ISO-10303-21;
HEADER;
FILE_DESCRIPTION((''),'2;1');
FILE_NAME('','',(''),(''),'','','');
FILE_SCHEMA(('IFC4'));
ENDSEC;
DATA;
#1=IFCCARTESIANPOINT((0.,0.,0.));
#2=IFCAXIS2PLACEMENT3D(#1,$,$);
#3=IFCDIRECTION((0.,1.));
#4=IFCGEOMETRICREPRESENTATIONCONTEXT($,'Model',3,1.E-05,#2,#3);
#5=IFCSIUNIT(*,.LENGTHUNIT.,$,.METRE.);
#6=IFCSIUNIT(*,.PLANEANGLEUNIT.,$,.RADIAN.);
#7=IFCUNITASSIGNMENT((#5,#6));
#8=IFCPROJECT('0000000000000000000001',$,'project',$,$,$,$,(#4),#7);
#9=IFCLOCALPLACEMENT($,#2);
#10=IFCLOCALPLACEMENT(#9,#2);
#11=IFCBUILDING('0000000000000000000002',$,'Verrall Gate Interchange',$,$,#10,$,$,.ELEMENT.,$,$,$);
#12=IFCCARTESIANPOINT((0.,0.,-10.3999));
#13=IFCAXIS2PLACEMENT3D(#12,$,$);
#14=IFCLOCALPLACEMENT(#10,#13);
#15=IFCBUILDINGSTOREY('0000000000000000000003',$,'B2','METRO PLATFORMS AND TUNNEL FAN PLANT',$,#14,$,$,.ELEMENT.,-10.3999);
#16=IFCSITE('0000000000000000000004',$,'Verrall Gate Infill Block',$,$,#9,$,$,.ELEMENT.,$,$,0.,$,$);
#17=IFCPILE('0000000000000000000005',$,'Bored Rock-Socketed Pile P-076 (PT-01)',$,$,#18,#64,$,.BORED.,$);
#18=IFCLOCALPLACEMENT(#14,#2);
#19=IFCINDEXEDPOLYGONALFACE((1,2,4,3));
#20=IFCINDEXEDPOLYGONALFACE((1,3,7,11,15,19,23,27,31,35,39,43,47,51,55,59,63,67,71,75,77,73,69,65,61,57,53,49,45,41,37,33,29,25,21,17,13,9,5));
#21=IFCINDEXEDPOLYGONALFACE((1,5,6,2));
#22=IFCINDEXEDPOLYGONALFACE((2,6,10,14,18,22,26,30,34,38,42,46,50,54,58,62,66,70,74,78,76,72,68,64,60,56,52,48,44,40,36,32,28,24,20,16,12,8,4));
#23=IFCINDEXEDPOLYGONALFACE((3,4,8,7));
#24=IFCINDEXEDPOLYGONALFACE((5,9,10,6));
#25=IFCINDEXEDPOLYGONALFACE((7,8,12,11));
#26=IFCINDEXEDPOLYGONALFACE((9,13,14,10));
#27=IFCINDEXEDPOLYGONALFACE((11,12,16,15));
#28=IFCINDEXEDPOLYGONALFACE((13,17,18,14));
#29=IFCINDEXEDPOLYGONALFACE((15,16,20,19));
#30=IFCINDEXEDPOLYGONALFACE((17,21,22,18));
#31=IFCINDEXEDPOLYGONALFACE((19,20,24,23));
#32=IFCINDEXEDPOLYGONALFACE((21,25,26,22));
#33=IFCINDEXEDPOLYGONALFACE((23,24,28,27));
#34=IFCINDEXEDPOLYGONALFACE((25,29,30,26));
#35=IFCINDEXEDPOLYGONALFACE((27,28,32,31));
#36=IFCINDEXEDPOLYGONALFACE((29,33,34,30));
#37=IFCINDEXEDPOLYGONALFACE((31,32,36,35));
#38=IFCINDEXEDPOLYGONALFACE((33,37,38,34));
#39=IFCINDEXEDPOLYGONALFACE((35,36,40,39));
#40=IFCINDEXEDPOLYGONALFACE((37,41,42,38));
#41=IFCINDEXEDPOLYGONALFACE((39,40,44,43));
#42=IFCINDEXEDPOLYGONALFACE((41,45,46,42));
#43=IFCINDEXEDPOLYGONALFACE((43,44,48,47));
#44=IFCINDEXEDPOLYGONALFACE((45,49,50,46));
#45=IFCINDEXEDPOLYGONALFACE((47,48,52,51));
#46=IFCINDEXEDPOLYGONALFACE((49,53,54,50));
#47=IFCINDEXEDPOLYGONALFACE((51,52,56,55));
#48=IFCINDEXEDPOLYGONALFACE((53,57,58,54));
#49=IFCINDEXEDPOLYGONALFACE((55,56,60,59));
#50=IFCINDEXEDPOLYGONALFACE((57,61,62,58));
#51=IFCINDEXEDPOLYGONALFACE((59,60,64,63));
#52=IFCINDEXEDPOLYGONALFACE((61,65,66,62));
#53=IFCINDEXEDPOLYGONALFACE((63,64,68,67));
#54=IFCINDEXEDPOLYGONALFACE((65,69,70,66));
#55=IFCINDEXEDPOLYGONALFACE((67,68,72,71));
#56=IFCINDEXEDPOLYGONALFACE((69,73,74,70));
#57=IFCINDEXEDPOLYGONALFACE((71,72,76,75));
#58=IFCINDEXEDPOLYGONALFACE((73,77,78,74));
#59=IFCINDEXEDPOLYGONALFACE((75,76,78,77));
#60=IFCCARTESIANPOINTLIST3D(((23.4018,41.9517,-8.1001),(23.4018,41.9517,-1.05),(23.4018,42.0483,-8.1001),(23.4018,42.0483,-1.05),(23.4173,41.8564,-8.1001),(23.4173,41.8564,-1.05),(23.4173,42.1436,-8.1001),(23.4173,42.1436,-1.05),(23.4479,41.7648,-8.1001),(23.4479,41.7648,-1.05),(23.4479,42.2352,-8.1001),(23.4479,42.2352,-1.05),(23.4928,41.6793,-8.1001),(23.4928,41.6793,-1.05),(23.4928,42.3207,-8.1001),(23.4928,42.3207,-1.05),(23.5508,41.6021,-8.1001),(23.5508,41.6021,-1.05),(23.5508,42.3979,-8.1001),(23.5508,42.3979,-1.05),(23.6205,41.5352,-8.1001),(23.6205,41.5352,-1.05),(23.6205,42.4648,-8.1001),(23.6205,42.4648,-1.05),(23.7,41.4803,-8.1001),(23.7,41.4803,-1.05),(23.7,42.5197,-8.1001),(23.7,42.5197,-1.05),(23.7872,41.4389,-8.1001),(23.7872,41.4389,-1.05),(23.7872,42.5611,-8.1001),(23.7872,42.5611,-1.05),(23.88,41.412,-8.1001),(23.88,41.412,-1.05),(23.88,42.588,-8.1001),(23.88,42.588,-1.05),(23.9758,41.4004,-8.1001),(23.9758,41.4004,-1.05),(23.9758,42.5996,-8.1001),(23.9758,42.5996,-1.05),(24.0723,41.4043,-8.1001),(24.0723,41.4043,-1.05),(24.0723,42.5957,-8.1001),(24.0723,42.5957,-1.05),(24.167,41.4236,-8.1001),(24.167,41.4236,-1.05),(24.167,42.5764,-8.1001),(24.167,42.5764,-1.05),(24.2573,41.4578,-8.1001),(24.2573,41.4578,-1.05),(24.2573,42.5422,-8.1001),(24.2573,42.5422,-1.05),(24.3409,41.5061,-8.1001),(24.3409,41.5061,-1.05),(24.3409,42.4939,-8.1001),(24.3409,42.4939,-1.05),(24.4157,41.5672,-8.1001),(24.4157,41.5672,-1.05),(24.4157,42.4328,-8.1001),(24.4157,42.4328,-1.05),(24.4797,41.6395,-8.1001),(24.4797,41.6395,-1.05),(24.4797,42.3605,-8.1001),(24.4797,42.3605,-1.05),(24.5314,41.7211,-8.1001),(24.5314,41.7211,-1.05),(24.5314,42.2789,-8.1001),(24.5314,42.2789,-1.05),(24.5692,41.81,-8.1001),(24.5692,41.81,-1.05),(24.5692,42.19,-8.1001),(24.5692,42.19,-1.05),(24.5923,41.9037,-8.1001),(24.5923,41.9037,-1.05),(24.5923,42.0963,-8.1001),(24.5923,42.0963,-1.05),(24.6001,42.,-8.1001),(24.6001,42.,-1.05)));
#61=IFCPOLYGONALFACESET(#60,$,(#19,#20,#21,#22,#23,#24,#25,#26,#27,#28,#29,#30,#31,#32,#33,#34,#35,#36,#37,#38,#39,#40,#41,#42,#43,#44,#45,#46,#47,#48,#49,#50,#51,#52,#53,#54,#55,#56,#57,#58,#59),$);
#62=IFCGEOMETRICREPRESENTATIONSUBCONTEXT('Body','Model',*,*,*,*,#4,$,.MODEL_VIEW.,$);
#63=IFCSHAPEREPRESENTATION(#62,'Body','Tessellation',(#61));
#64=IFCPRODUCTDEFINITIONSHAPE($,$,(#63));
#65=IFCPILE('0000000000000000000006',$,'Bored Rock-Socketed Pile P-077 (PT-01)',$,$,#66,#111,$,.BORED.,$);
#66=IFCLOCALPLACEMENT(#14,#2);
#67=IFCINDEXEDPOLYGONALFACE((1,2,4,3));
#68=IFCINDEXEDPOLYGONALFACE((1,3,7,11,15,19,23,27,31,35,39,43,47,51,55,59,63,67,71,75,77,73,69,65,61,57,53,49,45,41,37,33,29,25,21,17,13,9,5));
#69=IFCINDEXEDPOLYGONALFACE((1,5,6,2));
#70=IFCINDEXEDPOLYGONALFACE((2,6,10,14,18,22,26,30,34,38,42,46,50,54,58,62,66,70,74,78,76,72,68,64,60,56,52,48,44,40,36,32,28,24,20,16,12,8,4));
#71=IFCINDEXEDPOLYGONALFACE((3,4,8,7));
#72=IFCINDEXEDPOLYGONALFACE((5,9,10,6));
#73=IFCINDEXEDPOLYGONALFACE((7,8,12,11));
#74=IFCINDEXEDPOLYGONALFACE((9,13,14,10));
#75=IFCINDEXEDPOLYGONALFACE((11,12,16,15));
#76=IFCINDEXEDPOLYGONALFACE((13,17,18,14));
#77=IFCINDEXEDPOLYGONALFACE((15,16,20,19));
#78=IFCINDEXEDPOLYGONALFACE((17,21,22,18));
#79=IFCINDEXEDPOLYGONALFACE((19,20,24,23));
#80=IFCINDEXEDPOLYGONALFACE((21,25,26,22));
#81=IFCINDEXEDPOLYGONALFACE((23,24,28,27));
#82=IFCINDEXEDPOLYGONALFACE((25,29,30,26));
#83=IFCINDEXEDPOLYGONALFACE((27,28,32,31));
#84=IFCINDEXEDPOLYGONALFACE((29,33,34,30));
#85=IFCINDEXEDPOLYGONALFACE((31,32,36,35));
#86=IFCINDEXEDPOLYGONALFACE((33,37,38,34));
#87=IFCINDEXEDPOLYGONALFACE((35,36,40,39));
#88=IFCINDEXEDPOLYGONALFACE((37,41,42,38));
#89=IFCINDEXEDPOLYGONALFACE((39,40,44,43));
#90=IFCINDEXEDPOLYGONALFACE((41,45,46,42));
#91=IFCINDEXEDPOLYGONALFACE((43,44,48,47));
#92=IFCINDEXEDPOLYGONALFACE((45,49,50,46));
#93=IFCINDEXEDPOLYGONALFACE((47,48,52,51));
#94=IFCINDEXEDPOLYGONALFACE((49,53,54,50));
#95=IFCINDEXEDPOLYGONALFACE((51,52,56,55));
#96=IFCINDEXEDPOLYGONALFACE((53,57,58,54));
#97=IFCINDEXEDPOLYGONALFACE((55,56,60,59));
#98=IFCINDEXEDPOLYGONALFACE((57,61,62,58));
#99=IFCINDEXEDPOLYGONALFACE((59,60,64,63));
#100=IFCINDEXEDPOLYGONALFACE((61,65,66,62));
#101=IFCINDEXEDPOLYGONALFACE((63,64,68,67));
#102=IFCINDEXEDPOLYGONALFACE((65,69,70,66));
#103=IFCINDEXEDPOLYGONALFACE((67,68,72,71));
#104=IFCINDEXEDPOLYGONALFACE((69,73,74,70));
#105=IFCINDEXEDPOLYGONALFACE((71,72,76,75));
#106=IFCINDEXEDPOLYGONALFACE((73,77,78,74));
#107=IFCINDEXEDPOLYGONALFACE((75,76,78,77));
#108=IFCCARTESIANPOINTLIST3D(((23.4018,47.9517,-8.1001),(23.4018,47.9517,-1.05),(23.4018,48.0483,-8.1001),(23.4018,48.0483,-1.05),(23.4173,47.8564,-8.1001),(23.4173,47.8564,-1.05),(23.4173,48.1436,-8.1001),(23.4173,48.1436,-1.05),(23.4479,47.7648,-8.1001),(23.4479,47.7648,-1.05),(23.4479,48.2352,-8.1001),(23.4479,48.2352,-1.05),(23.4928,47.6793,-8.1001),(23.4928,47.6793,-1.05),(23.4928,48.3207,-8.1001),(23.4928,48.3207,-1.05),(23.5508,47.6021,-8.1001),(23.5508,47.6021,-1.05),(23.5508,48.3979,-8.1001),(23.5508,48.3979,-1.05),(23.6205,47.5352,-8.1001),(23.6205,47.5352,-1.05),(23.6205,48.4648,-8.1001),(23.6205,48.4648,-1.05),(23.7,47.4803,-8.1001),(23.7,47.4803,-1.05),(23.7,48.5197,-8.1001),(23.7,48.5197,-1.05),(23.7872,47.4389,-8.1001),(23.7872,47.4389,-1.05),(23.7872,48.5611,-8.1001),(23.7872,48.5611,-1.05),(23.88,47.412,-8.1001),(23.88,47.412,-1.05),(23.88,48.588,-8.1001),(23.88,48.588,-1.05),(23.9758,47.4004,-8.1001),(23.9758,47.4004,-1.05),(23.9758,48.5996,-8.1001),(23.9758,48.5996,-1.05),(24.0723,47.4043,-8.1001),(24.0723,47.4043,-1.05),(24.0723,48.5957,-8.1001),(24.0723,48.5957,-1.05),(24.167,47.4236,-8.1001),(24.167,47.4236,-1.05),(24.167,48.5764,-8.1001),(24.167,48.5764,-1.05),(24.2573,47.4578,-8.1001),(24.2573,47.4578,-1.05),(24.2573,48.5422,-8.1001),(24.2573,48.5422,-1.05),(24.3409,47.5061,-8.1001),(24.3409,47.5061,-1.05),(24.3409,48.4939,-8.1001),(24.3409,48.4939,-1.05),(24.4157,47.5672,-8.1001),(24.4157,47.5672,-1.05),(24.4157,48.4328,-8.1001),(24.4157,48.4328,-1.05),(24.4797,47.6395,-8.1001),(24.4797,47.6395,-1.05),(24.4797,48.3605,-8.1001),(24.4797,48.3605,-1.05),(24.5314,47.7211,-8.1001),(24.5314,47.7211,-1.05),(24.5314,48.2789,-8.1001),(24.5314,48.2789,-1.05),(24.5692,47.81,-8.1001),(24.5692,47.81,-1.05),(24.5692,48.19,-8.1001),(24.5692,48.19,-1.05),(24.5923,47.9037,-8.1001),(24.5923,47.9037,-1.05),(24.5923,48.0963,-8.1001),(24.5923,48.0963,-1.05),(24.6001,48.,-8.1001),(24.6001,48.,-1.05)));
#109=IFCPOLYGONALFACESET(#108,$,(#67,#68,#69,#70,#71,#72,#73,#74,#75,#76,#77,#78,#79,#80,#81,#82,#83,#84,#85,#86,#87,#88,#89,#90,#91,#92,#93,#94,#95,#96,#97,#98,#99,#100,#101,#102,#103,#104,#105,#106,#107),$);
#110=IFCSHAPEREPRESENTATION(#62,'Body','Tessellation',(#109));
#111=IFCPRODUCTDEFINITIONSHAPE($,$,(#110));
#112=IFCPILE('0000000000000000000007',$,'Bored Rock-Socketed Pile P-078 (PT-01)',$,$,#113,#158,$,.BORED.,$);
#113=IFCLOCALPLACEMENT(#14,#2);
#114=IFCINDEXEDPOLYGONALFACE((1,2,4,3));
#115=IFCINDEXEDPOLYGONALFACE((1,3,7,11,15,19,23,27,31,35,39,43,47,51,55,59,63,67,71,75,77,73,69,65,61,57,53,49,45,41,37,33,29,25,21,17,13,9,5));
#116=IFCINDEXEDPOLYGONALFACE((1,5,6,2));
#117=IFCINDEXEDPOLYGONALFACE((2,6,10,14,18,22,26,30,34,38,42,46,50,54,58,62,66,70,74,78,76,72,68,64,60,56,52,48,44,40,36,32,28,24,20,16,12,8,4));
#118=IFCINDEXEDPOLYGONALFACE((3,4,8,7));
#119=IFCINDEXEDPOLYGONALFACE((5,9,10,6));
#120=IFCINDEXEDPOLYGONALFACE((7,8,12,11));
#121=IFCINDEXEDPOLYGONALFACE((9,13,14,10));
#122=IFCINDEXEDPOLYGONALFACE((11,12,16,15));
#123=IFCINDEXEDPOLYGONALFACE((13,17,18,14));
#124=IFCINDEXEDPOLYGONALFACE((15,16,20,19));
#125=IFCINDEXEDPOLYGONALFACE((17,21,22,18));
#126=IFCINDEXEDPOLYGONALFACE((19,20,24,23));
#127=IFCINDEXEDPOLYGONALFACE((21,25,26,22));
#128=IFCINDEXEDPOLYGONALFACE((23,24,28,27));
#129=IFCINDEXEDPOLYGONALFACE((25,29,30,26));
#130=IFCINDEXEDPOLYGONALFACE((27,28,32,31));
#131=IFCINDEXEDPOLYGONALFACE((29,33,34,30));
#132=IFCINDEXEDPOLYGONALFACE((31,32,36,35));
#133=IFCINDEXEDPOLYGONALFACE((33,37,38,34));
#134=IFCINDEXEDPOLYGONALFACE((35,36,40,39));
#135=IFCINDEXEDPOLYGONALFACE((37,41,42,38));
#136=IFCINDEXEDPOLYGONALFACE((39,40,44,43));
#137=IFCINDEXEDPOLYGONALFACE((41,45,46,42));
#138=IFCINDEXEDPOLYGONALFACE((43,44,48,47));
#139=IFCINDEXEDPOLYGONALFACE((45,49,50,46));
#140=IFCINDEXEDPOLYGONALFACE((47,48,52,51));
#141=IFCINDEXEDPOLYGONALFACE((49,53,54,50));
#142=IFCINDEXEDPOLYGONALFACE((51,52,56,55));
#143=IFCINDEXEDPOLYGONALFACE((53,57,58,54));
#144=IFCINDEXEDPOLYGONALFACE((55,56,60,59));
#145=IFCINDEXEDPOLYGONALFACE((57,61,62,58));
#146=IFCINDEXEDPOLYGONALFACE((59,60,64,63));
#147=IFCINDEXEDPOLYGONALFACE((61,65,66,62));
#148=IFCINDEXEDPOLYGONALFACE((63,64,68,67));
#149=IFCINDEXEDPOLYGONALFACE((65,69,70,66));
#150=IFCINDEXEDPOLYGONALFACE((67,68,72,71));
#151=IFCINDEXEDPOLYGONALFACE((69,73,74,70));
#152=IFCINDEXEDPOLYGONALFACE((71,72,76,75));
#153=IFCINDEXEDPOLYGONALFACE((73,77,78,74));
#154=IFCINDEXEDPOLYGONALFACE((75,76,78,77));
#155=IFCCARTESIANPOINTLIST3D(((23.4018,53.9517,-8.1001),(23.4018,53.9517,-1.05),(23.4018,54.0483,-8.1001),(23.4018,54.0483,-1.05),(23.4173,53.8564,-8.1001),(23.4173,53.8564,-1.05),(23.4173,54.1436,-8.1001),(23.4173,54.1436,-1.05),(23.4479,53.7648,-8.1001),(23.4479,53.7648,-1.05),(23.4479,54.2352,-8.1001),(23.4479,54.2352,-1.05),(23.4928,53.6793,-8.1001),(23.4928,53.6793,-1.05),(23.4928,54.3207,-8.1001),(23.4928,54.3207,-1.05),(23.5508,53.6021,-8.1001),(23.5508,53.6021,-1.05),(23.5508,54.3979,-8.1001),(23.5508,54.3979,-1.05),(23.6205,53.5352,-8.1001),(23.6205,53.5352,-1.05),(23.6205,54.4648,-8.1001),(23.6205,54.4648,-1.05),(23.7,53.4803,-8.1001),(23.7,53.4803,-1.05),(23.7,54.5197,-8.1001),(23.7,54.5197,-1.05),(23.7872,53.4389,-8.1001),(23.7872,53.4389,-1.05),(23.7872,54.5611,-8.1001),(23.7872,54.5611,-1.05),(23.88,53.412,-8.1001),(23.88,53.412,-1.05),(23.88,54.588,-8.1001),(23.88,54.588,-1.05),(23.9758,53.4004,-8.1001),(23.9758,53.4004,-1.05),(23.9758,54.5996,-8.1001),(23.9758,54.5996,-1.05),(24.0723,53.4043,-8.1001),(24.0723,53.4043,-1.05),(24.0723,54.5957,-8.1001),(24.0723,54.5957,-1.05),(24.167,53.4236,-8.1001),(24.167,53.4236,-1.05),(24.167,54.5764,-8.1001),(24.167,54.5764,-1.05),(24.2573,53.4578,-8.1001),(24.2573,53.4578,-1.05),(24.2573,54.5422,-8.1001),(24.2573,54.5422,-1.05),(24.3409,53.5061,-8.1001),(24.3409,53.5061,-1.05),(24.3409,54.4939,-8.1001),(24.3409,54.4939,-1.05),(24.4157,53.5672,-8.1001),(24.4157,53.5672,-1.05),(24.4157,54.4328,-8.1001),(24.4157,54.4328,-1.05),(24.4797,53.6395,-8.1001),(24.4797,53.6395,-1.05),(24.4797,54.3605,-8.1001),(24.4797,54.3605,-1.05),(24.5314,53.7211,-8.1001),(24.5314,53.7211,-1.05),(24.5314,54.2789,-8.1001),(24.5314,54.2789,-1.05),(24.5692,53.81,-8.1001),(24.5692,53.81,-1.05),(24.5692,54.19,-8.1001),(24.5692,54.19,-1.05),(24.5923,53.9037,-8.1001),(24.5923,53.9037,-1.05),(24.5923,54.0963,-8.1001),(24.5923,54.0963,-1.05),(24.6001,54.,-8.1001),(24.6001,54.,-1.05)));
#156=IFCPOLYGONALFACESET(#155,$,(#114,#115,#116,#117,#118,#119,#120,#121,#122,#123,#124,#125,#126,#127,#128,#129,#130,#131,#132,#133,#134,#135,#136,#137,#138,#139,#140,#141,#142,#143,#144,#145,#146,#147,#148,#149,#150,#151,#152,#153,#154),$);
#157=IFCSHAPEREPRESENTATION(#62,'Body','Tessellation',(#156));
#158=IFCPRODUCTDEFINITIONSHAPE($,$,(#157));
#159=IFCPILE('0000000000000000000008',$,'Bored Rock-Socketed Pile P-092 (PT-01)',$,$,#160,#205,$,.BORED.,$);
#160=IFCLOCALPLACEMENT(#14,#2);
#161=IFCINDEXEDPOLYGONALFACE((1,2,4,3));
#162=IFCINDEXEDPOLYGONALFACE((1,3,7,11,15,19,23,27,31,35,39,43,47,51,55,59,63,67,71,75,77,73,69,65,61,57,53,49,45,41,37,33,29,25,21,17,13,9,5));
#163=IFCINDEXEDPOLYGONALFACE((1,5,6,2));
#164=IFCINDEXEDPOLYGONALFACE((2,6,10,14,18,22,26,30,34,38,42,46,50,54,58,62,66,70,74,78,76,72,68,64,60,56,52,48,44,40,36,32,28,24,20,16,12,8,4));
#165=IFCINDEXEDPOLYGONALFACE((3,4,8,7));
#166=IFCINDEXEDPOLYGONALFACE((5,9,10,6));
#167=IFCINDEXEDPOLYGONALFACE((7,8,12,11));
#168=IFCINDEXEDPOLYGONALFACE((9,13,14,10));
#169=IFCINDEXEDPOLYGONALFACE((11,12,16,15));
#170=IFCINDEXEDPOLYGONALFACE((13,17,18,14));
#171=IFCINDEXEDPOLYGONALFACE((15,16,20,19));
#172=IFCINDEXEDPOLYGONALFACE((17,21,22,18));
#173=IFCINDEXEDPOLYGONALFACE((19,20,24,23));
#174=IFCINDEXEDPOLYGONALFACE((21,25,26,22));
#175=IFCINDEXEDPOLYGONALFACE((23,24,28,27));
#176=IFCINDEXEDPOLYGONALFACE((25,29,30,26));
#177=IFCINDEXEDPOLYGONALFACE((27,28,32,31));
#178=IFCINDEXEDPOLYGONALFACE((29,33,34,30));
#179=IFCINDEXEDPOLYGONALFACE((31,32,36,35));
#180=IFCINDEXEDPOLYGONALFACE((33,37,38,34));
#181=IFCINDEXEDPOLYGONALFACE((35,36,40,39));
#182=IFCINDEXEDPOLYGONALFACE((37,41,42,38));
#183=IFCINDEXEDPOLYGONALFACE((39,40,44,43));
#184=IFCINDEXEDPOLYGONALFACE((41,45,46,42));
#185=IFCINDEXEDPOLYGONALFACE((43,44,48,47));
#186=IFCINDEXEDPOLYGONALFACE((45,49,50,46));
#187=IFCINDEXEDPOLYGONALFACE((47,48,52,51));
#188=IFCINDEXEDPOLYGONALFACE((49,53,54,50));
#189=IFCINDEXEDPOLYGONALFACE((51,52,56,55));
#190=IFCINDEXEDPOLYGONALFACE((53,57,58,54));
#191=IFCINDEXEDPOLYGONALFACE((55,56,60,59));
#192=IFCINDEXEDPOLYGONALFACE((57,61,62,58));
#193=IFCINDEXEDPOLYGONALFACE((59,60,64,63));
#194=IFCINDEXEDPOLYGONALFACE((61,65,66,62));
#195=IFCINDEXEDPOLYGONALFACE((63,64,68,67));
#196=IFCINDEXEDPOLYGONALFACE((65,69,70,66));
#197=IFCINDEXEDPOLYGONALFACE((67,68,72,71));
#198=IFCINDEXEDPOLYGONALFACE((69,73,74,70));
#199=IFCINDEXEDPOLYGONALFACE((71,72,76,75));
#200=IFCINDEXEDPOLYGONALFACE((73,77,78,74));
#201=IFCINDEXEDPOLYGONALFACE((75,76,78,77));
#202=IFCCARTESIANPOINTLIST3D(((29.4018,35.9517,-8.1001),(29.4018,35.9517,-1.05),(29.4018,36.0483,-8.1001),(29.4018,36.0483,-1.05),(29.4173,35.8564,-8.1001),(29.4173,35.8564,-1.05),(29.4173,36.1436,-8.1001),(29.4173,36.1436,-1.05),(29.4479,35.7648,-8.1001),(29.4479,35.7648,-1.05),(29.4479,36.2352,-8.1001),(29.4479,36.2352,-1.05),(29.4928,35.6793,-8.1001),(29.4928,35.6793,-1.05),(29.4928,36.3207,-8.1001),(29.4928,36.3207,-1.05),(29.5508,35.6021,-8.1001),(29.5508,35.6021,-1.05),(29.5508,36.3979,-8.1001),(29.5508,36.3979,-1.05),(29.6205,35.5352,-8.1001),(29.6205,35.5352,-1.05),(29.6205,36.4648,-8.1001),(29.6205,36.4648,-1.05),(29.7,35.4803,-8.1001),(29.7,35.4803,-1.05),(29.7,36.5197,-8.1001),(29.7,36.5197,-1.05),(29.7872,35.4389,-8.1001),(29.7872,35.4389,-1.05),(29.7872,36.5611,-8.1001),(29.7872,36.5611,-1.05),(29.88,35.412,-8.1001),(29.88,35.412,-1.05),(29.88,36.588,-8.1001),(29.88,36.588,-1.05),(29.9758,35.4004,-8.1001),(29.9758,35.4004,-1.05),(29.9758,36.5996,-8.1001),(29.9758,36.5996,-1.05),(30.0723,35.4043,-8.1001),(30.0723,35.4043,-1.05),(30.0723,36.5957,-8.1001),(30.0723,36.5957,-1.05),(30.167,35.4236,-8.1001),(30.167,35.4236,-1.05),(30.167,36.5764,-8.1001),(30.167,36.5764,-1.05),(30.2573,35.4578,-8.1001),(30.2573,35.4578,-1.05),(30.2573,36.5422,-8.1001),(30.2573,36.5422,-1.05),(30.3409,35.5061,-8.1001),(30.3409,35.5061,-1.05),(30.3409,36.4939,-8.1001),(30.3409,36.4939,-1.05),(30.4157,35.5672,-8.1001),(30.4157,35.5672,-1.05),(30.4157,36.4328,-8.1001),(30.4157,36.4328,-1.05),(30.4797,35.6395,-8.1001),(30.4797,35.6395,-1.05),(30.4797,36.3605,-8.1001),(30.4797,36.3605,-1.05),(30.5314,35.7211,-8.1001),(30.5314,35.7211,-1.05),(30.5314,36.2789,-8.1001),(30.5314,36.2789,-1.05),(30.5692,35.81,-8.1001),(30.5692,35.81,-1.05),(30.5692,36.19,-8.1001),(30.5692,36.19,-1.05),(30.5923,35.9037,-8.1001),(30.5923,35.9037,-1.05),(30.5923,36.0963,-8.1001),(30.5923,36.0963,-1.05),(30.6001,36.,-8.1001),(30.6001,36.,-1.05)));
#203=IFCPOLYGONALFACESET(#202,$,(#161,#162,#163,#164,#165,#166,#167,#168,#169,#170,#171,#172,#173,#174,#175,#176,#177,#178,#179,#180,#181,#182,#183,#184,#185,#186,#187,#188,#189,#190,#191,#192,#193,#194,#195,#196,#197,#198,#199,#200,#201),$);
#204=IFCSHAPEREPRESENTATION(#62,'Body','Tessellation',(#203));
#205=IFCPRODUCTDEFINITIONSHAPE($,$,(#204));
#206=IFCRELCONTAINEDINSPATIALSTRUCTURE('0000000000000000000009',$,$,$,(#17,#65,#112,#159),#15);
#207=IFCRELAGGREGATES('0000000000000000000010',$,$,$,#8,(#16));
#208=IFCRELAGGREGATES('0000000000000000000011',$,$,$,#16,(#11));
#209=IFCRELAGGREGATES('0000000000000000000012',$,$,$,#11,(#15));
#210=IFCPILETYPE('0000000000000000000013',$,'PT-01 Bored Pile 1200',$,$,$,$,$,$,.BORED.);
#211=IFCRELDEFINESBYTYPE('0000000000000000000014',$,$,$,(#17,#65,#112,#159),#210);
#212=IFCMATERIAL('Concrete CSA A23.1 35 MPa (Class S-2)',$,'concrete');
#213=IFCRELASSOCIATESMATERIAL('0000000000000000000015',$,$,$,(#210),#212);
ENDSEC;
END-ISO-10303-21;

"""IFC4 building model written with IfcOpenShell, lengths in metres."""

from ifc_helpers import new_model, si_unit, direction, frame, origin, origin_2d, place, context, subcontext, project, spatial, circle, extrude, material, material_profile, profile_set, type_object, element, save


model = new_model("IFC4")

# Units and contexts
model_context = context("Model", 3, precision=1e-05, world=origin(), true_north=direction((0.0, 1.0)))
body_context = subcontext(model_context, "Body", "Model", "MODEL_VIEW")
ifc_project = project(units=[si_unit("LENGTHUNIT", "METRE"), si_unit("PLANEANGLEUNIT", "RADIAN")], contexts=[model_context])

# Site, building, storey
site_placement = place(None, origin())
site = spatial("IfcSite", under=ifc_project, at=site_placement, Name="Verrall Gate Infill Block", CompositionType="ELEMENT", RefElevation=0.0)
building_placement = place(site_placement, origin())
building = spatial("IfcBuilding", under=site, at=building_placement, Name="Verrall Gate Interchange", CompositionType="ELEMENT")
storey_placement = place(building_placement, frame((0.0, 0.0, -10.3999)))
storey = spatial("IfcBuildingStorey", under=building, at=storey_placement, Name="B2", Description="METRO PLATFORMS AND TUNNEL FAN PLANT", CompositionType="ELEMENT", Elevation=-10.3999)

# Piles
ifc_material_1 = material(Name="Concrete CSA A23.1 35 MPa (Class S-2)", Category="concrete")
ifc_material_profile_1 = material_profile(ifc_material_1, circle(Radius=0.6001, at=origin_2d()), Name="PILE1200D")
ifc_profile_set_1 = profile_set([ifc_material_profile_1], Name="Concrete CSA A23.1 35 MPa (Class S-2)")
pile_type = type_object("IfcPileType", Name="PT-01 Bored Pile 1200", PredefinedType="BORED", material=ifc_profile_set_1)
for number, where, z_axis, x_axis, name in (
    (1, (24.0, 42.0, -1.05), (0.0, 0.0, -1.0), (1.0, 0.0, 0.0), "Bored Rock-Socketed Pile P-076 (PT-01)"),
    (2, (24.0, 48.0, -1.05), (0.0, 0.0, -1.0), (1.0, 0.0, 0.0), "Bored Rock-Socketed Pile P-077 (PT-01)"),
    (3, (24.0, 54.0, -1.05), (0.0, 0.0, -1.0), (1.0, 0.0, 0.0), "Bored Rock-Socketed Pile P-078 (PT-01)"),
    (4, (30.0, 36.0, -1.05), (0.0, 0.0, -1.0), (1.0, 0.0, 0.0), "Bored Rock-Socketed Pile P-092 (PT-01)"),
):
    element("IfcPile", number, at=place(storey_placement, frame(where, z_axis=z_axis, x_axis=x_axis)), inside=storey, type_object=pile_type, Name=name, PredefinedType="BORED", context=body_context, shape_type="SweptSolid", body=[
        extrude(circle(Radius=0.6001, at=origin_2d()), origin(), (0.0, 0.0, 1.0), 7.05),
    ])

save(model, "model.ifc")
